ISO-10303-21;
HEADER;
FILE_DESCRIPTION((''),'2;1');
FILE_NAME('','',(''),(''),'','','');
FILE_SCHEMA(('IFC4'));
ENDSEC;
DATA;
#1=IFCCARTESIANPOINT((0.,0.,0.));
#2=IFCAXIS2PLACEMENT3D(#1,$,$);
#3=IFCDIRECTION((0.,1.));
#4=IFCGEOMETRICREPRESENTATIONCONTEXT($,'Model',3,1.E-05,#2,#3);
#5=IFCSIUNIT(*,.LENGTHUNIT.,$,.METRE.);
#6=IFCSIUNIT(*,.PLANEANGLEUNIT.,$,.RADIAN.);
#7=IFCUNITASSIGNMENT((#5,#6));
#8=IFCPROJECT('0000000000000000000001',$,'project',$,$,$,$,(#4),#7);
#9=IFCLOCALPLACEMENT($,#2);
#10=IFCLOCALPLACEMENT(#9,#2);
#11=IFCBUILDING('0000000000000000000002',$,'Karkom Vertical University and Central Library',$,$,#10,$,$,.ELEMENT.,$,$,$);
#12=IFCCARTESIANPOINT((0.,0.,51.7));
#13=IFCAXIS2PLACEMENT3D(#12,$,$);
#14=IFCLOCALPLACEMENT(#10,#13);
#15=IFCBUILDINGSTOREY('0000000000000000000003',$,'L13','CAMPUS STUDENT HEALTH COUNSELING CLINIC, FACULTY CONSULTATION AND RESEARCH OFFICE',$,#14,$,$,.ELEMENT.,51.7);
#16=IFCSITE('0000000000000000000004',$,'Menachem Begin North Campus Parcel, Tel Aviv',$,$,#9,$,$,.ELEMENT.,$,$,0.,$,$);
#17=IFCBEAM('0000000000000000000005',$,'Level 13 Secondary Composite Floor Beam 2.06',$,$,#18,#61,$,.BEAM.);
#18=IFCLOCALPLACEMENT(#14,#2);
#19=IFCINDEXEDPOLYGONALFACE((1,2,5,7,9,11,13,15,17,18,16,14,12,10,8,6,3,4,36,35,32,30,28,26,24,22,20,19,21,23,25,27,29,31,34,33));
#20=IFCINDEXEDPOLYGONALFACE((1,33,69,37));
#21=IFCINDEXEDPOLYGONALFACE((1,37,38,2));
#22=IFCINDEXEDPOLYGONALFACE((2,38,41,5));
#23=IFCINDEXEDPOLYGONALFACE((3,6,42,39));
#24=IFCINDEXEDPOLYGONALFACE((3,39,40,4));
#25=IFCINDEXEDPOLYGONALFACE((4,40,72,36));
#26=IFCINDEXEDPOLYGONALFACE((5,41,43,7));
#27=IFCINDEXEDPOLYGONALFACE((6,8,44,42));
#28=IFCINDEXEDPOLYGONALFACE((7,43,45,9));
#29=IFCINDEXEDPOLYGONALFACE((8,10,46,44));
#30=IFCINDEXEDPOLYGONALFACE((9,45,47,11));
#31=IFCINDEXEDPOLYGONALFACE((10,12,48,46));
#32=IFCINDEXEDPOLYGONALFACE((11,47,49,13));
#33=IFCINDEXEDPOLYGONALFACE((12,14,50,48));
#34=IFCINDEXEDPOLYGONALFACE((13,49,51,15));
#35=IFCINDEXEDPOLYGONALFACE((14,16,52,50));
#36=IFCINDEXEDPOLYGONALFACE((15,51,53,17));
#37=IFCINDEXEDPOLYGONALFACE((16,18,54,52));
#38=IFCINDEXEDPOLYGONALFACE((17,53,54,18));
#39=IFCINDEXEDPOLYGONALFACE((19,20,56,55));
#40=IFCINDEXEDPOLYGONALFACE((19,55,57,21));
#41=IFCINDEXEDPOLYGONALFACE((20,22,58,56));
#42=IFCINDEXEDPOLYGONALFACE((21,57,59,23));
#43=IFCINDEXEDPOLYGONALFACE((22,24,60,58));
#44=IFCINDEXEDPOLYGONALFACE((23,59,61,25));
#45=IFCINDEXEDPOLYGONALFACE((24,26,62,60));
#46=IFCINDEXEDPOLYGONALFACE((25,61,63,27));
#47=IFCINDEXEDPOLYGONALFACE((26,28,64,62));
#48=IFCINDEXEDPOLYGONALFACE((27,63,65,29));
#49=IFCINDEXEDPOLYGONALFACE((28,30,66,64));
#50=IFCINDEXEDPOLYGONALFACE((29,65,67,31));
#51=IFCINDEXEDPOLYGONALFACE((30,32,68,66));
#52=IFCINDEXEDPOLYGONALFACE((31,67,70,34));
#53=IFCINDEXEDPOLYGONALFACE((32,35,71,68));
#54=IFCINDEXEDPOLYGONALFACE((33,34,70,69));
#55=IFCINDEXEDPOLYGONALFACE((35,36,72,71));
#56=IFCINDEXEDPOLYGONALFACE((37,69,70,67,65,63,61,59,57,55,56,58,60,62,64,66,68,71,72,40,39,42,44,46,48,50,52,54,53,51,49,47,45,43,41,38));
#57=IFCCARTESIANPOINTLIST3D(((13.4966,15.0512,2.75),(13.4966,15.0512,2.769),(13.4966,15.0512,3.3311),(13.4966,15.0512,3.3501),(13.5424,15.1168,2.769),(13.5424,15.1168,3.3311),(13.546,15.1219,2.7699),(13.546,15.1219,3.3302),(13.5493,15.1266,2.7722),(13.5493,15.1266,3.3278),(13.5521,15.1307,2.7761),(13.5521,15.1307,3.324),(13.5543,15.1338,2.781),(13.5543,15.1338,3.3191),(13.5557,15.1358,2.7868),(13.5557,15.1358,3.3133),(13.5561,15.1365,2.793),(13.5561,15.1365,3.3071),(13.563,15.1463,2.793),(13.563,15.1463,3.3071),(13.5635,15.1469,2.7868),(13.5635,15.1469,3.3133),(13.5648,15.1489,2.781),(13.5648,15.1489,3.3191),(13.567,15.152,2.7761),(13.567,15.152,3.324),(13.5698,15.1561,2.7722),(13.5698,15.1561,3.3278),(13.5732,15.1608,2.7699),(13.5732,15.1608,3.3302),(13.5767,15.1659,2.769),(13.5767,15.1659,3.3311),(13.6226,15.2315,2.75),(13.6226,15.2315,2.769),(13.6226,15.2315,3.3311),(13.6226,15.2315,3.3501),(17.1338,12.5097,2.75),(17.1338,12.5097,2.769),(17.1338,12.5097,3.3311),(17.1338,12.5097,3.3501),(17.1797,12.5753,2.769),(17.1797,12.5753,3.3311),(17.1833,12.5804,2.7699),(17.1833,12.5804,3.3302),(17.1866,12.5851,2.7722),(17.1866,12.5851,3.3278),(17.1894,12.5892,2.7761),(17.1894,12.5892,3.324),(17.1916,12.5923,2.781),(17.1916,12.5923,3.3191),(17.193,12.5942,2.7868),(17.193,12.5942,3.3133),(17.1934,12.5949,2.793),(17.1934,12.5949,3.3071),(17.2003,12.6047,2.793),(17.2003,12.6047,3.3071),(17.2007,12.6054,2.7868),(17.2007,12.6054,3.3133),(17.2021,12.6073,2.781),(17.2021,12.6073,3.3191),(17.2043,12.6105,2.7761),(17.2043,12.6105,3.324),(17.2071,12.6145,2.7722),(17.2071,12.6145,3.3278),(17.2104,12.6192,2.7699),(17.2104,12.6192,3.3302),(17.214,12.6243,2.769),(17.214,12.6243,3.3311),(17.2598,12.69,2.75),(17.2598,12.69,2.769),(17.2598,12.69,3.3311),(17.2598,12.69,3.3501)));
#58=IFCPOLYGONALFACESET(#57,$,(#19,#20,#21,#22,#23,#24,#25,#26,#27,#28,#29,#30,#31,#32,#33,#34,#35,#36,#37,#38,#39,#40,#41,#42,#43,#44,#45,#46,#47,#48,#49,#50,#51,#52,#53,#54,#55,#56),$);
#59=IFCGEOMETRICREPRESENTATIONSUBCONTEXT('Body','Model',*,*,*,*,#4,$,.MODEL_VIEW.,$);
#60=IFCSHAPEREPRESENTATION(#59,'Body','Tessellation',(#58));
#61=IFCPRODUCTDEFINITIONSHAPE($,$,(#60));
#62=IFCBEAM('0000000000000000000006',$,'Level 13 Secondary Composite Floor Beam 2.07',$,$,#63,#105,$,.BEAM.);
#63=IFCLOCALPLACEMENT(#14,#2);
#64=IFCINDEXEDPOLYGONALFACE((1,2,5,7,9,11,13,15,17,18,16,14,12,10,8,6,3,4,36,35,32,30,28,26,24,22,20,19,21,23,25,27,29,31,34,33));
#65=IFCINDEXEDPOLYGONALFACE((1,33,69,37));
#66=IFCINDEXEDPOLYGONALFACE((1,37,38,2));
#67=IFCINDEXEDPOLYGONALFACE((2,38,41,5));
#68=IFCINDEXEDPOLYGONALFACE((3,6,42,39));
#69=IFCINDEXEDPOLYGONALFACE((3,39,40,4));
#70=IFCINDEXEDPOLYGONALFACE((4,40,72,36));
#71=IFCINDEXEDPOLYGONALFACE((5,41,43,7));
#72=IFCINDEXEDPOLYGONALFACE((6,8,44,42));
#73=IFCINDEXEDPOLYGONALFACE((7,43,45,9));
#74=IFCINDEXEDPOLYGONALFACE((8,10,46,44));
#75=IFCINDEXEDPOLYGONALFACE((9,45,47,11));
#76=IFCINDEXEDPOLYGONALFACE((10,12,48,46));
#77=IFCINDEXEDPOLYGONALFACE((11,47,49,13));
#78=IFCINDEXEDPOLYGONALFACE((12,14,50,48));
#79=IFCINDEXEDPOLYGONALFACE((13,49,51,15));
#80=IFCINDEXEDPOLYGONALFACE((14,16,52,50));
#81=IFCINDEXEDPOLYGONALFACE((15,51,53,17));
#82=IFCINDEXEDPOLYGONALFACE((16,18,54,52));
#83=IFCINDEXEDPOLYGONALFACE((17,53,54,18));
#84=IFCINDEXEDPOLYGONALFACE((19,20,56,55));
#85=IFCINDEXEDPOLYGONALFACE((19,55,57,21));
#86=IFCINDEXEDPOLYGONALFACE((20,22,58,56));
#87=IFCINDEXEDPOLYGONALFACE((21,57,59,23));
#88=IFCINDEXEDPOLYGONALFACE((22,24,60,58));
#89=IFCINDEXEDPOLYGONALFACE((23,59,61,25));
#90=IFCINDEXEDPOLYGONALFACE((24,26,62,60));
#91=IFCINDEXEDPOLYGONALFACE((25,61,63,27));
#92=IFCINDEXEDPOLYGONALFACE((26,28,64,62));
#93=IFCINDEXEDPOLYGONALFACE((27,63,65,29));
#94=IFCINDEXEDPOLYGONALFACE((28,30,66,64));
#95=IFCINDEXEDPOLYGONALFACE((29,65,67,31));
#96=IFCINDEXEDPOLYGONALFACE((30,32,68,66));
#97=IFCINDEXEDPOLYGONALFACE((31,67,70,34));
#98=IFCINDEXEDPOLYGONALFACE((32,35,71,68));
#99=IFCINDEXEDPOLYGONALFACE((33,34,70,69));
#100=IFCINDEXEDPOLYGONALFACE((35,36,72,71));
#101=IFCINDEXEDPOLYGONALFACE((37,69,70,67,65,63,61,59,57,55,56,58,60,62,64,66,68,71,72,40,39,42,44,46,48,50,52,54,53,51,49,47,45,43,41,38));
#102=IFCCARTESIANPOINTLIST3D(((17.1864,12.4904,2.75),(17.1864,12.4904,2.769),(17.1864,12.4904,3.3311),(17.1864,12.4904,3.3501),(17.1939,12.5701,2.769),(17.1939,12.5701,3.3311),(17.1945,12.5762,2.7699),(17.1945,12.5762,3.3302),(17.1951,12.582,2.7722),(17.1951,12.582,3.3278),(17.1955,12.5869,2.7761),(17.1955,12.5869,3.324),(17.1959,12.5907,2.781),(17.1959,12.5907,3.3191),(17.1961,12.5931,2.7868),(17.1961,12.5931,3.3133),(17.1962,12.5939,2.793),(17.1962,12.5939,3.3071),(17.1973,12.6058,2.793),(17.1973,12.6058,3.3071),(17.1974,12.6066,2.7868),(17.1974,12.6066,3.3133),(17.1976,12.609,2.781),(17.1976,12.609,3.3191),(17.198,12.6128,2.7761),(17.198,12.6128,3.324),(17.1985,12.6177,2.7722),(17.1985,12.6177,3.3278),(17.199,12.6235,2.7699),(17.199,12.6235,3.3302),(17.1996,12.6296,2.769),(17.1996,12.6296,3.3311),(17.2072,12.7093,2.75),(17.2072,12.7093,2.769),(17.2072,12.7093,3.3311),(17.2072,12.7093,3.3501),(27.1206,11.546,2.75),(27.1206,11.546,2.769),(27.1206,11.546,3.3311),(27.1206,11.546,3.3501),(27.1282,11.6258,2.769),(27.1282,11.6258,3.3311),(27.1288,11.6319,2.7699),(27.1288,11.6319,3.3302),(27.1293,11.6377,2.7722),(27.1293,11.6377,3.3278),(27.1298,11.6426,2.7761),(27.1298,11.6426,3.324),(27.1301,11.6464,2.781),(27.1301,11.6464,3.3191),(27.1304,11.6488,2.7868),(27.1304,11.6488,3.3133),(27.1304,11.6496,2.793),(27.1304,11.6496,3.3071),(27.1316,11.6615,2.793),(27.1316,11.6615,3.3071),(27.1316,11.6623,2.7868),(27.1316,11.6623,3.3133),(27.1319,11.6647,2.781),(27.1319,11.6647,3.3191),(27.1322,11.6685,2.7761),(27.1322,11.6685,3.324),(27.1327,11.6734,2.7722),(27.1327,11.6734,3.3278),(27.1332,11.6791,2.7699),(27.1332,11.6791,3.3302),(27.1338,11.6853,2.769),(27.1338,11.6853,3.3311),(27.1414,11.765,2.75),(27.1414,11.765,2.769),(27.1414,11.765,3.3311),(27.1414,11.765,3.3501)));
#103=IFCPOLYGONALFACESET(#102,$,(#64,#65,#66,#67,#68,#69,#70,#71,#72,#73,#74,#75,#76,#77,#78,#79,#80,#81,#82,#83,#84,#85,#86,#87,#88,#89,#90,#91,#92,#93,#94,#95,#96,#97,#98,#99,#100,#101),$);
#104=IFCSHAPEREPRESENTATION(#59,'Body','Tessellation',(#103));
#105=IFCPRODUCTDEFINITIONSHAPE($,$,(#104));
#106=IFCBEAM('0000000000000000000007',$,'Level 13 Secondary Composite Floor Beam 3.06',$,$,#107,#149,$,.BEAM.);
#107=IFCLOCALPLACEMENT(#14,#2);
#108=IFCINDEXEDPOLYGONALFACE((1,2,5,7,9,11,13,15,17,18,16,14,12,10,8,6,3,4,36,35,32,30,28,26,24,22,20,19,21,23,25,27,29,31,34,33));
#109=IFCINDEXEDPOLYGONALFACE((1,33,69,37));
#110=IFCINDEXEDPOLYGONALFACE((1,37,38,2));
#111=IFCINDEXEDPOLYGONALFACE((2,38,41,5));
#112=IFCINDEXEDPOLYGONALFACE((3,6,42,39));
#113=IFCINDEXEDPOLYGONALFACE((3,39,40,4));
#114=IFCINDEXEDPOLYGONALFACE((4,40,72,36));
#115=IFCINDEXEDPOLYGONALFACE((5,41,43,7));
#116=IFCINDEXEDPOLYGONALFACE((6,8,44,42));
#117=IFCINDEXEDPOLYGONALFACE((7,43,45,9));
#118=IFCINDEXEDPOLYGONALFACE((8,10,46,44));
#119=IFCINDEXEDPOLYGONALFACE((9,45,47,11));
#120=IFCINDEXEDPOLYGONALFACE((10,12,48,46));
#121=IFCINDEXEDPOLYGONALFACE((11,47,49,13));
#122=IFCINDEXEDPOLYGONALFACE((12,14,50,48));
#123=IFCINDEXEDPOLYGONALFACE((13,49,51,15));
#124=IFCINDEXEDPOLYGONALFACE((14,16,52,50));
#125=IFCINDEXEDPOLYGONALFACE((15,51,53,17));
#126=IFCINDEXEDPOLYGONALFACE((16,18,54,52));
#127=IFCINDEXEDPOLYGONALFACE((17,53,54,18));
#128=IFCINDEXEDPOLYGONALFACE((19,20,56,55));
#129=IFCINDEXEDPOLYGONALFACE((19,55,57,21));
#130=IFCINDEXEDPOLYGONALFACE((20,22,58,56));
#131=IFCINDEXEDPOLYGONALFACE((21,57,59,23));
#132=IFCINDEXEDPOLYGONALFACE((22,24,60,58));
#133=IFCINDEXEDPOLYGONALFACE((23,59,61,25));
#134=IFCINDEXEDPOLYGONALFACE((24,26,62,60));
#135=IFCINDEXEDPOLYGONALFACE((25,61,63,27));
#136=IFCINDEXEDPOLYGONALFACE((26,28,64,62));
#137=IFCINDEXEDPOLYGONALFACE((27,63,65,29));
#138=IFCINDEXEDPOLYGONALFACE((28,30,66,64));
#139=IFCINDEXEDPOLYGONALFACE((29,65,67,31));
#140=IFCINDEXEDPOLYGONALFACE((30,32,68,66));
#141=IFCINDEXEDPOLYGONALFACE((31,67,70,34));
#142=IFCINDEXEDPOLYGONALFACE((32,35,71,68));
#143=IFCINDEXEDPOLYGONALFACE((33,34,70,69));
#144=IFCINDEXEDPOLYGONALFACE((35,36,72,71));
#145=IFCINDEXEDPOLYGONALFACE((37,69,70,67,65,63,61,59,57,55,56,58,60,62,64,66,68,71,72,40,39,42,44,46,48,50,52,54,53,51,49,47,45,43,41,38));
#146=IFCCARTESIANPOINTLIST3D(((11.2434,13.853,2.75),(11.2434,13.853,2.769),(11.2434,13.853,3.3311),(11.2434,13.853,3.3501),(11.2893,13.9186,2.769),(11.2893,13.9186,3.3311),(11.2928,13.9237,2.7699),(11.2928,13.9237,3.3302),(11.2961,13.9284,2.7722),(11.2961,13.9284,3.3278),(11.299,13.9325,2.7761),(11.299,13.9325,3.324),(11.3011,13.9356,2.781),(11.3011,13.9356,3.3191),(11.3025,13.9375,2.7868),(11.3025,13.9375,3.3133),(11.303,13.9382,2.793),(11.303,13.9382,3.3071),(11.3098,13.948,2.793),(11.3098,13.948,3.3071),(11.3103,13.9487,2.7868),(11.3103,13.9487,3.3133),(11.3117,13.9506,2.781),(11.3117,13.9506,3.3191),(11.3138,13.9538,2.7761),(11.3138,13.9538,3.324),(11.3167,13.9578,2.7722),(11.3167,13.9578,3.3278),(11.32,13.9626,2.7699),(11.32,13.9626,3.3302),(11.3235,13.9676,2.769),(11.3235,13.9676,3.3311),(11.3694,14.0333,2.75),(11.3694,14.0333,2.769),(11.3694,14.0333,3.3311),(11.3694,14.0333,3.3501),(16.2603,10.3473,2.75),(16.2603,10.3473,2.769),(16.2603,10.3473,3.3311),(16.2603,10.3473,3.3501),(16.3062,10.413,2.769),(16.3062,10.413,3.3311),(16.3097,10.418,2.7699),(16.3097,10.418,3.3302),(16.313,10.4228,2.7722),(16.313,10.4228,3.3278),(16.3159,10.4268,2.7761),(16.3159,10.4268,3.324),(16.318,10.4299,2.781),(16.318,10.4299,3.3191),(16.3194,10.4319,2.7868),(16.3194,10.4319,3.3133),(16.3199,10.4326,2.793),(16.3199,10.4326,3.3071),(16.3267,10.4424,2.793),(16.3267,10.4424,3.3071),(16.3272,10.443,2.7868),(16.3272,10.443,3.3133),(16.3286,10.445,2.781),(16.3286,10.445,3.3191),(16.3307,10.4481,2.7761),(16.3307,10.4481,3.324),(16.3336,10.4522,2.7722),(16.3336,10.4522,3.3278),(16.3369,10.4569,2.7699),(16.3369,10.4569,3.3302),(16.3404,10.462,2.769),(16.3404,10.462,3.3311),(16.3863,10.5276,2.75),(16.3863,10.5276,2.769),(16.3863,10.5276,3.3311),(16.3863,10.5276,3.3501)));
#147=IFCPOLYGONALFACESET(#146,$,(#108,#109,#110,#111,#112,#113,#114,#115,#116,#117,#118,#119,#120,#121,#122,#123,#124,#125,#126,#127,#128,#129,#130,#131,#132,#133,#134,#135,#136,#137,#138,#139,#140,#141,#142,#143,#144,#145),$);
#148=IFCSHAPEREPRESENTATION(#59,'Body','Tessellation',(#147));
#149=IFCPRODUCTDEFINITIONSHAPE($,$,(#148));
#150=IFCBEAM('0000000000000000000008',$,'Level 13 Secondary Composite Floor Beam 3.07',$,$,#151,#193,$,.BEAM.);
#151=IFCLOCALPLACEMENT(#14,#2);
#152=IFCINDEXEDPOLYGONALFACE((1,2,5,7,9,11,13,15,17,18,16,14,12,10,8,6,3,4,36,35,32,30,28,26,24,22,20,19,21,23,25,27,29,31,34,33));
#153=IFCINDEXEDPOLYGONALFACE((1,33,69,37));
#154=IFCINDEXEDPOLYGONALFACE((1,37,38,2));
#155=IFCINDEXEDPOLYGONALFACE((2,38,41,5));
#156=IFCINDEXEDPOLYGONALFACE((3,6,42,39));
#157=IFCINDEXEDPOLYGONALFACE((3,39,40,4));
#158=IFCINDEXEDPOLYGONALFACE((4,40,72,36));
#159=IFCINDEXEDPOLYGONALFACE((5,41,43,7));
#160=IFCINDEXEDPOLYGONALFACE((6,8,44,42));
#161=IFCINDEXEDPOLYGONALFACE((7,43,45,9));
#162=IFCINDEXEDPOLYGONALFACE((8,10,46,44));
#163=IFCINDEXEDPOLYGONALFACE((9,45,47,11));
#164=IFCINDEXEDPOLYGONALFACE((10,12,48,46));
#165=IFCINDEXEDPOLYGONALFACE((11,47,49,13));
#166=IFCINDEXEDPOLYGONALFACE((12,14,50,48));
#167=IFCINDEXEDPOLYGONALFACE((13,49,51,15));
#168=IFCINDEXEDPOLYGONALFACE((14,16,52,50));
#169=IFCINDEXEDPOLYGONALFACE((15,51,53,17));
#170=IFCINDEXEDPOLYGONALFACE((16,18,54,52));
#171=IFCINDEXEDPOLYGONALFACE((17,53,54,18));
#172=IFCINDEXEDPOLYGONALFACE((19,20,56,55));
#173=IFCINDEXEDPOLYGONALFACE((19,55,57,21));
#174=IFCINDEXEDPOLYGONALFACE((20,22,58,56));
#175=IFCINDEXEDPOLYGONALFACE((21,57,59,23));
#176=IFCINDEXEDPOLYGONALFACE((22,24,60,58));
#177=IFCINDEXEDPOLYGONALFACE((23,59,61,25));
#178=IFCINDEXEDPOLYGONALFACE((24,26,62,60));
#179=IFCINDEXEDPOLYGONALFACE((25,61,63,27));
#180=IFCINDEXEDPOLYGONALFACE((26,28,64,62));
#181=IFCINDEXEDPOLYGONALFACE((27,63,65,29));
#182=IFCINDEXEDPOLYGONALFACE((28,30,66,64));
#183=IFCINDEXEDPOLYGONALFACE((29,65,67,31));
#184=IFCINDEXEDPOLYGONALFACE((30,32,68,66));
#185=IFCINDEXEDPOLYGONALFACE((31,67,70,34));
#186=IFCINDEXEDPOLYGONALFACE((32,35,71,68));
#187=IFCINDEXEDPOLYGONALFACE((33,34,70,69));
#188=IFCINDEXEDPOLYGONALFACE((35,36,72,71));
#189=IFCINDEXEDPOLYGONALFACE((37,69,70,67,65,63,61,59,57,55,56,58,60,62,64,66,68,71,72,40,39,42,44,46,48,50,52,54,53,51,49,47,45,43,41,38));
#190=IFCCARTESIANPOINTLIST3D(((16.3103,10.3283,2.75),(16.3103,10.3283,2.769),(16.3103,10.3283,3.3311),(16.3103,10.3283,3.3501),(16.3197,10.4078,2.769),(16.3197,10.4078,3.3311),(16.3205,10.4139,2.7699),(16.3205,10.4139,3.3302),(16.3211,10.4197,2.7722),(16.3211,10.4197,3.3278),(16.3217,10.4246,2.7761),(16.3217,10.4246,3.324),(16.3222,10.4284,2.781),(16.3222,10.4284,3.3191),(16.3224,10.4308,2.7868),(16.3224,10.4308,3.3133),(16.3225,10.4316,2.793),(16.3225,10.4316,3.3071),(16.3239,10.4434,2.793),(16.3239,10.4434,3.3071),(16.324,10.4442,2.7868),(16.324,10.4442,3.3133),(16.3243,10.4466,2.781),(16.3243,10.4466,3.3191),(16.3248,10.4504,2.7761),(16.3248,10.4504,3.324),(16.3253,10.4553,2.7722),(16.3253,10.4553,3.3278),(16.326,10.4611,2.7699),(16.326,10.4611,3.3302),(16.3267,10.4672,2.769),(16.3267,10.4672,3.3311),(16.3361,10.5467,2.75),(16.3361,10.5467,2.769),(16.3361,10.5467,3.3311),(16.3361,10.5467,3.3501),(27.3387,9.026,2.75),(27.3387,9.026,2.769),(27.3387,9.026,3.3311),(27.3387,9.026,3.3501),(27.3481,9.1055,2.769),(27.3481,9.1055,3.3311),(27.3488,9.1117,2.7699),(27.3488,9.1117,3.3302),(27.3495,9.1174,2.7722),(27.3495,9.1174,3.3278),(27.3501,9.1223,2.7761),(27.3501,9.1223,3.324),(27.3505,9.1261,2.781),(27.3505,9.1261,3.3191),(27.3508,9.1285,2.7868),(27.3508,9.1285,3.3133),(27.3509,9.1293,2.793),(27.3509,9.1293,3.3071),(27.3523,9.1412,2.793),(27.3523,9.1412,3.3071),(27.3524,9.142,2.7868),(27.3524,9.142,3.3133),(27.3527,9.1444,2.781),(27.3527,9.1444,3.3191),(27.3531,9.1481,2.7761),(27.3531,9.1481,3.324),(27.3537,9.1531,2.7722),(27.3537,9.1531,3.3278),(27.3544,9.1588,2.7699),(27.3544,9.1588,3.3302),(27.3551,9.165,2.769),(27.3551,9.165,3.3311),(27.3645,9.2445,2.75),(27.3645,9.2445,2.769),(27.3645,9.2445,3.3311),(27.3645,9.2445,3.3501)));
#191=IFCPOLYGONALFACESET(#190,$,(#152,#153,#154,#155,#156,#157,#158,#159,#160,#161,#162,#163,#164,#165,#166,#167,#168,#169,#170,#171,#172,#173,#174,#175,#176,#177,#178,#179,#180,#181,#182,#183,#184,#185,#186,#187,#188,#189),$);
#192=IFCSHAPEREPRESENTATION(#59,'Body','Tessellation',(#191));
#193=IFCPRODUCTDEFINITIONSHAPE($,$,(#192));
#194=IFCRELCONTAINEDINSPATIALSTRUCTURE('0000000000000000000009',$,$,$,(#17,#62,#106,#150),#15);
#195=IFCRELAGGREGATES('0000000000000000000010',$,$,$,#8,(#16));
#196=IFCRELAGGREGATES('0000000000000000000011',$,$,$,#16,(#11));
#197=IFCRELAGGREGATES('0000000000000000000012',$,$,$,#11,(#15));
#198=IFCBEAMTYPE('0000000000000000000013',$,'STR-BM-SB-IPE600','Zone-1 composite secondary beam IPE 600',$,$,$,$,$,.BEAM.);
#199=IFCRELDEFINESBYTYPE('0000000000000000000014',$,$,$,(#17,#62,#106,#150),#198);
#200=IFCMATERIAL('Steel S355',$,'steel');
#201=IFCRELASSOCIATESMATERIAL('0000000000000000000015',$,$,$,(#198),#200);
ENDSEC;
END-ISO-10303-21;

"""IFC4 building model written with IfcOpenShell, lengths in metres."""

from ifc_helpers import new_model, si_unit, direction, frame, origin, origin_with_axes, origin_2d, place, context, subcontext, project, spatial, i_section, extrude, source, transform, mapped, material, material_profile, profile_set, type_object, element, save


model = new_model("IFC4")

# Units and contexts
model_context = context("Model", 3, precision=1e-05, world=origin(), true_north=direction((0.0, 1.0)))
body_context = subcontext(model_context, "Body", "Model", "MODEL_VIEW")
ifc_project = project(units=[si_unit("LENGTHUNIT", "METRE"), si_unit("PLANEANGLEUNIT", "RADIAN")], contexts=[model_context])

# Site, building, storey
site_placement = place(None, origin())
site = spatial("IfcSite", under=ifc_project, at=site_placement, Name="Menachem Begin North Campus Parcel, Tel Aviv", CompositionType="ELEMENT", RefElevation=0.0)
building_placement = place(site_placement, origin())
building = spatial("IfcBuilding", under=site, at=building_placement, Name="Karkom Vertical University and Central Library", CompositionType="ELEMENT")
storey_placement = place(building_placement, frame((0.0, 0.0, 51.7)))
storey = spatial("IfcBuildingStorey", under=building, at=storey_placement, Name="L13", Description="CAMPUS STUDENT HEALTH COUNSELING CLINIC, FACULTY CONSULTATION AND RESEARCH OFFICE", CompositionType="ELEMENT", Elevation=51.7)

# Beams
ifc_material_1 = material(Name="Steel S355", Category="steel")
ifc_material_profile_1 = material_profile(ifc_material_1, i_section(OverallWidth=0.22, OverallDepth=0.6001, WebThickness=0.012, FlangeThickness=0.019, FilletRadius=0.0239, at=origin_2d()), Name="IPE 600")
ifc_profile_set_1 = profile_set([ifc_material_profile_1], Name="Steel S355")
beam_type_1 = type_object("IfcBeamType", Name="STR-BM-SB-IPE600", Description="Zone-1 composite secondary beam IPE 600", PredefinedType="BEAM", material=ifc_profile_set_1)
shared_shape_1 = source(origin_with_axes(), body_context, "Body", "SweptSolid", [
    extrude(i_section(OverallWidth=0.22, OverallDepth=0.6001, WebThickness=0.012, FlangeThickness=0.019, FilletRadius=0.0239, at=origin_2d()), origin(), (0.0, 0.0, 1.0), 4.4373),
])
beam_1_placement = place(storey_placement, frame((13.5596, 15.1414, 3.05), z_axis=(0.819712, -0.572775, 0.0), x_axis=(0.572775, 0.819712, 0.0)))
element("IfcBeam", 1, at=beam_1_placement, inside=storey, type_object=beam_type_1, Name="Level 13 Secondary Composite Floor Beam 2.06", PredefinedType="BEAM", context=body_context, shape_type="MappedRepresentation", body=[
    mapped(shared_shape_1, transform((0.0, 0.0, 0.0), scale=1.0)),
])
shared_shape_2 = source(origin_with_axes(), body_context, "Body", "SweptSolid", [
    extrude(i_section(OverallWidth=0.22, OverallDepth=0.6001, WebThickness=0.012, FlangeThickness=0.019, FilletRadius=0.0239, at=origin_2d()), origin(), (0.0, 0.0, 1.0), 9.979),
])
beam_2_placement = place(storey_placement, frame((17.1968, 12.5999, 3.05), z_axis=(0.995512, -0.094631, 0.0), x_axis=(0.094631, 0.995512, 0.0)))
element("IfcBeam", 2, at=beam_2_placement, inside=storey, type_object=beam_type_1, Name="Level 13 Secondary Composite Floor Beam 2.07", PredefinedType="BEAM", context=body_context, shape_type="MappedRepresentation", body=[
    mapped(shared_shape_2, transform((0.0, 0.0, 0.0), scale=1.0)),
])
shared_shape_3 = source(origin_with_axes(), body_context, "Body", "SweptSolid", [
    extrude(i_section(OverallWidth=0.22, OverallDepth=0.6001, WebThickness=0.012, FlangeThickness=0.019, FilletRadius=0.0239, at=origin_2d()), origin(), (0.0, 0.0, 1.0), 6.1204),
])
beam_3_placement = place(storey_placement, frame((11.3064, 13.9431, 3.05), z_axis=(0.819706, -0.572785, 0.0), x_axis=(0.572785, 0.819706, 0.0)))
element("IfcBeam", 3, at=beam_3_placement, inside=storey, type_object=beam_type_1, Name="Level 13 Secondary Composite Floor Beam 3.06", PredefinedType="BEAM", context=body_context, shape_type="MappedRepresentation", body=[
    mapped(shared_shape_3, transform((0.0, 0.0, 0.0), scale=1.0)),
])
shared_shape_4 = source(origin_with_axes(), body_context, "Body", "SweptSolid", [
    extrude(i_section(OverallWidth=0.22, OverallDepth=0.6001, WebThickness=0.012, FlangeThickness=0.019, FilletRadius=0.0239, at=origin_2d()), origin(), (0.0, 0.0, 1.0), 11.105),
])
beam_4_placement = place(storey_placement, frame((16.3232, 10.4375, 3.05), z_axis=(0.9931, -0.117267, 0.0), x_axis=(0.117267, 0.9931, 0.0)))
element("IfcBeam", 4, at=beam_4_placement, inside=storey, type_object=beam_type_1, Name="Level 13 Secondary Composite Floor Beam 3.07", PredefinedType="BEAM", context=body_context, shape_type="MappedRepresentation", body=[
    mapped(shared_shape_4, transform((0.0, 0.0, 0.0), scale=1.0)),
])

save(model, "model.ifc")
